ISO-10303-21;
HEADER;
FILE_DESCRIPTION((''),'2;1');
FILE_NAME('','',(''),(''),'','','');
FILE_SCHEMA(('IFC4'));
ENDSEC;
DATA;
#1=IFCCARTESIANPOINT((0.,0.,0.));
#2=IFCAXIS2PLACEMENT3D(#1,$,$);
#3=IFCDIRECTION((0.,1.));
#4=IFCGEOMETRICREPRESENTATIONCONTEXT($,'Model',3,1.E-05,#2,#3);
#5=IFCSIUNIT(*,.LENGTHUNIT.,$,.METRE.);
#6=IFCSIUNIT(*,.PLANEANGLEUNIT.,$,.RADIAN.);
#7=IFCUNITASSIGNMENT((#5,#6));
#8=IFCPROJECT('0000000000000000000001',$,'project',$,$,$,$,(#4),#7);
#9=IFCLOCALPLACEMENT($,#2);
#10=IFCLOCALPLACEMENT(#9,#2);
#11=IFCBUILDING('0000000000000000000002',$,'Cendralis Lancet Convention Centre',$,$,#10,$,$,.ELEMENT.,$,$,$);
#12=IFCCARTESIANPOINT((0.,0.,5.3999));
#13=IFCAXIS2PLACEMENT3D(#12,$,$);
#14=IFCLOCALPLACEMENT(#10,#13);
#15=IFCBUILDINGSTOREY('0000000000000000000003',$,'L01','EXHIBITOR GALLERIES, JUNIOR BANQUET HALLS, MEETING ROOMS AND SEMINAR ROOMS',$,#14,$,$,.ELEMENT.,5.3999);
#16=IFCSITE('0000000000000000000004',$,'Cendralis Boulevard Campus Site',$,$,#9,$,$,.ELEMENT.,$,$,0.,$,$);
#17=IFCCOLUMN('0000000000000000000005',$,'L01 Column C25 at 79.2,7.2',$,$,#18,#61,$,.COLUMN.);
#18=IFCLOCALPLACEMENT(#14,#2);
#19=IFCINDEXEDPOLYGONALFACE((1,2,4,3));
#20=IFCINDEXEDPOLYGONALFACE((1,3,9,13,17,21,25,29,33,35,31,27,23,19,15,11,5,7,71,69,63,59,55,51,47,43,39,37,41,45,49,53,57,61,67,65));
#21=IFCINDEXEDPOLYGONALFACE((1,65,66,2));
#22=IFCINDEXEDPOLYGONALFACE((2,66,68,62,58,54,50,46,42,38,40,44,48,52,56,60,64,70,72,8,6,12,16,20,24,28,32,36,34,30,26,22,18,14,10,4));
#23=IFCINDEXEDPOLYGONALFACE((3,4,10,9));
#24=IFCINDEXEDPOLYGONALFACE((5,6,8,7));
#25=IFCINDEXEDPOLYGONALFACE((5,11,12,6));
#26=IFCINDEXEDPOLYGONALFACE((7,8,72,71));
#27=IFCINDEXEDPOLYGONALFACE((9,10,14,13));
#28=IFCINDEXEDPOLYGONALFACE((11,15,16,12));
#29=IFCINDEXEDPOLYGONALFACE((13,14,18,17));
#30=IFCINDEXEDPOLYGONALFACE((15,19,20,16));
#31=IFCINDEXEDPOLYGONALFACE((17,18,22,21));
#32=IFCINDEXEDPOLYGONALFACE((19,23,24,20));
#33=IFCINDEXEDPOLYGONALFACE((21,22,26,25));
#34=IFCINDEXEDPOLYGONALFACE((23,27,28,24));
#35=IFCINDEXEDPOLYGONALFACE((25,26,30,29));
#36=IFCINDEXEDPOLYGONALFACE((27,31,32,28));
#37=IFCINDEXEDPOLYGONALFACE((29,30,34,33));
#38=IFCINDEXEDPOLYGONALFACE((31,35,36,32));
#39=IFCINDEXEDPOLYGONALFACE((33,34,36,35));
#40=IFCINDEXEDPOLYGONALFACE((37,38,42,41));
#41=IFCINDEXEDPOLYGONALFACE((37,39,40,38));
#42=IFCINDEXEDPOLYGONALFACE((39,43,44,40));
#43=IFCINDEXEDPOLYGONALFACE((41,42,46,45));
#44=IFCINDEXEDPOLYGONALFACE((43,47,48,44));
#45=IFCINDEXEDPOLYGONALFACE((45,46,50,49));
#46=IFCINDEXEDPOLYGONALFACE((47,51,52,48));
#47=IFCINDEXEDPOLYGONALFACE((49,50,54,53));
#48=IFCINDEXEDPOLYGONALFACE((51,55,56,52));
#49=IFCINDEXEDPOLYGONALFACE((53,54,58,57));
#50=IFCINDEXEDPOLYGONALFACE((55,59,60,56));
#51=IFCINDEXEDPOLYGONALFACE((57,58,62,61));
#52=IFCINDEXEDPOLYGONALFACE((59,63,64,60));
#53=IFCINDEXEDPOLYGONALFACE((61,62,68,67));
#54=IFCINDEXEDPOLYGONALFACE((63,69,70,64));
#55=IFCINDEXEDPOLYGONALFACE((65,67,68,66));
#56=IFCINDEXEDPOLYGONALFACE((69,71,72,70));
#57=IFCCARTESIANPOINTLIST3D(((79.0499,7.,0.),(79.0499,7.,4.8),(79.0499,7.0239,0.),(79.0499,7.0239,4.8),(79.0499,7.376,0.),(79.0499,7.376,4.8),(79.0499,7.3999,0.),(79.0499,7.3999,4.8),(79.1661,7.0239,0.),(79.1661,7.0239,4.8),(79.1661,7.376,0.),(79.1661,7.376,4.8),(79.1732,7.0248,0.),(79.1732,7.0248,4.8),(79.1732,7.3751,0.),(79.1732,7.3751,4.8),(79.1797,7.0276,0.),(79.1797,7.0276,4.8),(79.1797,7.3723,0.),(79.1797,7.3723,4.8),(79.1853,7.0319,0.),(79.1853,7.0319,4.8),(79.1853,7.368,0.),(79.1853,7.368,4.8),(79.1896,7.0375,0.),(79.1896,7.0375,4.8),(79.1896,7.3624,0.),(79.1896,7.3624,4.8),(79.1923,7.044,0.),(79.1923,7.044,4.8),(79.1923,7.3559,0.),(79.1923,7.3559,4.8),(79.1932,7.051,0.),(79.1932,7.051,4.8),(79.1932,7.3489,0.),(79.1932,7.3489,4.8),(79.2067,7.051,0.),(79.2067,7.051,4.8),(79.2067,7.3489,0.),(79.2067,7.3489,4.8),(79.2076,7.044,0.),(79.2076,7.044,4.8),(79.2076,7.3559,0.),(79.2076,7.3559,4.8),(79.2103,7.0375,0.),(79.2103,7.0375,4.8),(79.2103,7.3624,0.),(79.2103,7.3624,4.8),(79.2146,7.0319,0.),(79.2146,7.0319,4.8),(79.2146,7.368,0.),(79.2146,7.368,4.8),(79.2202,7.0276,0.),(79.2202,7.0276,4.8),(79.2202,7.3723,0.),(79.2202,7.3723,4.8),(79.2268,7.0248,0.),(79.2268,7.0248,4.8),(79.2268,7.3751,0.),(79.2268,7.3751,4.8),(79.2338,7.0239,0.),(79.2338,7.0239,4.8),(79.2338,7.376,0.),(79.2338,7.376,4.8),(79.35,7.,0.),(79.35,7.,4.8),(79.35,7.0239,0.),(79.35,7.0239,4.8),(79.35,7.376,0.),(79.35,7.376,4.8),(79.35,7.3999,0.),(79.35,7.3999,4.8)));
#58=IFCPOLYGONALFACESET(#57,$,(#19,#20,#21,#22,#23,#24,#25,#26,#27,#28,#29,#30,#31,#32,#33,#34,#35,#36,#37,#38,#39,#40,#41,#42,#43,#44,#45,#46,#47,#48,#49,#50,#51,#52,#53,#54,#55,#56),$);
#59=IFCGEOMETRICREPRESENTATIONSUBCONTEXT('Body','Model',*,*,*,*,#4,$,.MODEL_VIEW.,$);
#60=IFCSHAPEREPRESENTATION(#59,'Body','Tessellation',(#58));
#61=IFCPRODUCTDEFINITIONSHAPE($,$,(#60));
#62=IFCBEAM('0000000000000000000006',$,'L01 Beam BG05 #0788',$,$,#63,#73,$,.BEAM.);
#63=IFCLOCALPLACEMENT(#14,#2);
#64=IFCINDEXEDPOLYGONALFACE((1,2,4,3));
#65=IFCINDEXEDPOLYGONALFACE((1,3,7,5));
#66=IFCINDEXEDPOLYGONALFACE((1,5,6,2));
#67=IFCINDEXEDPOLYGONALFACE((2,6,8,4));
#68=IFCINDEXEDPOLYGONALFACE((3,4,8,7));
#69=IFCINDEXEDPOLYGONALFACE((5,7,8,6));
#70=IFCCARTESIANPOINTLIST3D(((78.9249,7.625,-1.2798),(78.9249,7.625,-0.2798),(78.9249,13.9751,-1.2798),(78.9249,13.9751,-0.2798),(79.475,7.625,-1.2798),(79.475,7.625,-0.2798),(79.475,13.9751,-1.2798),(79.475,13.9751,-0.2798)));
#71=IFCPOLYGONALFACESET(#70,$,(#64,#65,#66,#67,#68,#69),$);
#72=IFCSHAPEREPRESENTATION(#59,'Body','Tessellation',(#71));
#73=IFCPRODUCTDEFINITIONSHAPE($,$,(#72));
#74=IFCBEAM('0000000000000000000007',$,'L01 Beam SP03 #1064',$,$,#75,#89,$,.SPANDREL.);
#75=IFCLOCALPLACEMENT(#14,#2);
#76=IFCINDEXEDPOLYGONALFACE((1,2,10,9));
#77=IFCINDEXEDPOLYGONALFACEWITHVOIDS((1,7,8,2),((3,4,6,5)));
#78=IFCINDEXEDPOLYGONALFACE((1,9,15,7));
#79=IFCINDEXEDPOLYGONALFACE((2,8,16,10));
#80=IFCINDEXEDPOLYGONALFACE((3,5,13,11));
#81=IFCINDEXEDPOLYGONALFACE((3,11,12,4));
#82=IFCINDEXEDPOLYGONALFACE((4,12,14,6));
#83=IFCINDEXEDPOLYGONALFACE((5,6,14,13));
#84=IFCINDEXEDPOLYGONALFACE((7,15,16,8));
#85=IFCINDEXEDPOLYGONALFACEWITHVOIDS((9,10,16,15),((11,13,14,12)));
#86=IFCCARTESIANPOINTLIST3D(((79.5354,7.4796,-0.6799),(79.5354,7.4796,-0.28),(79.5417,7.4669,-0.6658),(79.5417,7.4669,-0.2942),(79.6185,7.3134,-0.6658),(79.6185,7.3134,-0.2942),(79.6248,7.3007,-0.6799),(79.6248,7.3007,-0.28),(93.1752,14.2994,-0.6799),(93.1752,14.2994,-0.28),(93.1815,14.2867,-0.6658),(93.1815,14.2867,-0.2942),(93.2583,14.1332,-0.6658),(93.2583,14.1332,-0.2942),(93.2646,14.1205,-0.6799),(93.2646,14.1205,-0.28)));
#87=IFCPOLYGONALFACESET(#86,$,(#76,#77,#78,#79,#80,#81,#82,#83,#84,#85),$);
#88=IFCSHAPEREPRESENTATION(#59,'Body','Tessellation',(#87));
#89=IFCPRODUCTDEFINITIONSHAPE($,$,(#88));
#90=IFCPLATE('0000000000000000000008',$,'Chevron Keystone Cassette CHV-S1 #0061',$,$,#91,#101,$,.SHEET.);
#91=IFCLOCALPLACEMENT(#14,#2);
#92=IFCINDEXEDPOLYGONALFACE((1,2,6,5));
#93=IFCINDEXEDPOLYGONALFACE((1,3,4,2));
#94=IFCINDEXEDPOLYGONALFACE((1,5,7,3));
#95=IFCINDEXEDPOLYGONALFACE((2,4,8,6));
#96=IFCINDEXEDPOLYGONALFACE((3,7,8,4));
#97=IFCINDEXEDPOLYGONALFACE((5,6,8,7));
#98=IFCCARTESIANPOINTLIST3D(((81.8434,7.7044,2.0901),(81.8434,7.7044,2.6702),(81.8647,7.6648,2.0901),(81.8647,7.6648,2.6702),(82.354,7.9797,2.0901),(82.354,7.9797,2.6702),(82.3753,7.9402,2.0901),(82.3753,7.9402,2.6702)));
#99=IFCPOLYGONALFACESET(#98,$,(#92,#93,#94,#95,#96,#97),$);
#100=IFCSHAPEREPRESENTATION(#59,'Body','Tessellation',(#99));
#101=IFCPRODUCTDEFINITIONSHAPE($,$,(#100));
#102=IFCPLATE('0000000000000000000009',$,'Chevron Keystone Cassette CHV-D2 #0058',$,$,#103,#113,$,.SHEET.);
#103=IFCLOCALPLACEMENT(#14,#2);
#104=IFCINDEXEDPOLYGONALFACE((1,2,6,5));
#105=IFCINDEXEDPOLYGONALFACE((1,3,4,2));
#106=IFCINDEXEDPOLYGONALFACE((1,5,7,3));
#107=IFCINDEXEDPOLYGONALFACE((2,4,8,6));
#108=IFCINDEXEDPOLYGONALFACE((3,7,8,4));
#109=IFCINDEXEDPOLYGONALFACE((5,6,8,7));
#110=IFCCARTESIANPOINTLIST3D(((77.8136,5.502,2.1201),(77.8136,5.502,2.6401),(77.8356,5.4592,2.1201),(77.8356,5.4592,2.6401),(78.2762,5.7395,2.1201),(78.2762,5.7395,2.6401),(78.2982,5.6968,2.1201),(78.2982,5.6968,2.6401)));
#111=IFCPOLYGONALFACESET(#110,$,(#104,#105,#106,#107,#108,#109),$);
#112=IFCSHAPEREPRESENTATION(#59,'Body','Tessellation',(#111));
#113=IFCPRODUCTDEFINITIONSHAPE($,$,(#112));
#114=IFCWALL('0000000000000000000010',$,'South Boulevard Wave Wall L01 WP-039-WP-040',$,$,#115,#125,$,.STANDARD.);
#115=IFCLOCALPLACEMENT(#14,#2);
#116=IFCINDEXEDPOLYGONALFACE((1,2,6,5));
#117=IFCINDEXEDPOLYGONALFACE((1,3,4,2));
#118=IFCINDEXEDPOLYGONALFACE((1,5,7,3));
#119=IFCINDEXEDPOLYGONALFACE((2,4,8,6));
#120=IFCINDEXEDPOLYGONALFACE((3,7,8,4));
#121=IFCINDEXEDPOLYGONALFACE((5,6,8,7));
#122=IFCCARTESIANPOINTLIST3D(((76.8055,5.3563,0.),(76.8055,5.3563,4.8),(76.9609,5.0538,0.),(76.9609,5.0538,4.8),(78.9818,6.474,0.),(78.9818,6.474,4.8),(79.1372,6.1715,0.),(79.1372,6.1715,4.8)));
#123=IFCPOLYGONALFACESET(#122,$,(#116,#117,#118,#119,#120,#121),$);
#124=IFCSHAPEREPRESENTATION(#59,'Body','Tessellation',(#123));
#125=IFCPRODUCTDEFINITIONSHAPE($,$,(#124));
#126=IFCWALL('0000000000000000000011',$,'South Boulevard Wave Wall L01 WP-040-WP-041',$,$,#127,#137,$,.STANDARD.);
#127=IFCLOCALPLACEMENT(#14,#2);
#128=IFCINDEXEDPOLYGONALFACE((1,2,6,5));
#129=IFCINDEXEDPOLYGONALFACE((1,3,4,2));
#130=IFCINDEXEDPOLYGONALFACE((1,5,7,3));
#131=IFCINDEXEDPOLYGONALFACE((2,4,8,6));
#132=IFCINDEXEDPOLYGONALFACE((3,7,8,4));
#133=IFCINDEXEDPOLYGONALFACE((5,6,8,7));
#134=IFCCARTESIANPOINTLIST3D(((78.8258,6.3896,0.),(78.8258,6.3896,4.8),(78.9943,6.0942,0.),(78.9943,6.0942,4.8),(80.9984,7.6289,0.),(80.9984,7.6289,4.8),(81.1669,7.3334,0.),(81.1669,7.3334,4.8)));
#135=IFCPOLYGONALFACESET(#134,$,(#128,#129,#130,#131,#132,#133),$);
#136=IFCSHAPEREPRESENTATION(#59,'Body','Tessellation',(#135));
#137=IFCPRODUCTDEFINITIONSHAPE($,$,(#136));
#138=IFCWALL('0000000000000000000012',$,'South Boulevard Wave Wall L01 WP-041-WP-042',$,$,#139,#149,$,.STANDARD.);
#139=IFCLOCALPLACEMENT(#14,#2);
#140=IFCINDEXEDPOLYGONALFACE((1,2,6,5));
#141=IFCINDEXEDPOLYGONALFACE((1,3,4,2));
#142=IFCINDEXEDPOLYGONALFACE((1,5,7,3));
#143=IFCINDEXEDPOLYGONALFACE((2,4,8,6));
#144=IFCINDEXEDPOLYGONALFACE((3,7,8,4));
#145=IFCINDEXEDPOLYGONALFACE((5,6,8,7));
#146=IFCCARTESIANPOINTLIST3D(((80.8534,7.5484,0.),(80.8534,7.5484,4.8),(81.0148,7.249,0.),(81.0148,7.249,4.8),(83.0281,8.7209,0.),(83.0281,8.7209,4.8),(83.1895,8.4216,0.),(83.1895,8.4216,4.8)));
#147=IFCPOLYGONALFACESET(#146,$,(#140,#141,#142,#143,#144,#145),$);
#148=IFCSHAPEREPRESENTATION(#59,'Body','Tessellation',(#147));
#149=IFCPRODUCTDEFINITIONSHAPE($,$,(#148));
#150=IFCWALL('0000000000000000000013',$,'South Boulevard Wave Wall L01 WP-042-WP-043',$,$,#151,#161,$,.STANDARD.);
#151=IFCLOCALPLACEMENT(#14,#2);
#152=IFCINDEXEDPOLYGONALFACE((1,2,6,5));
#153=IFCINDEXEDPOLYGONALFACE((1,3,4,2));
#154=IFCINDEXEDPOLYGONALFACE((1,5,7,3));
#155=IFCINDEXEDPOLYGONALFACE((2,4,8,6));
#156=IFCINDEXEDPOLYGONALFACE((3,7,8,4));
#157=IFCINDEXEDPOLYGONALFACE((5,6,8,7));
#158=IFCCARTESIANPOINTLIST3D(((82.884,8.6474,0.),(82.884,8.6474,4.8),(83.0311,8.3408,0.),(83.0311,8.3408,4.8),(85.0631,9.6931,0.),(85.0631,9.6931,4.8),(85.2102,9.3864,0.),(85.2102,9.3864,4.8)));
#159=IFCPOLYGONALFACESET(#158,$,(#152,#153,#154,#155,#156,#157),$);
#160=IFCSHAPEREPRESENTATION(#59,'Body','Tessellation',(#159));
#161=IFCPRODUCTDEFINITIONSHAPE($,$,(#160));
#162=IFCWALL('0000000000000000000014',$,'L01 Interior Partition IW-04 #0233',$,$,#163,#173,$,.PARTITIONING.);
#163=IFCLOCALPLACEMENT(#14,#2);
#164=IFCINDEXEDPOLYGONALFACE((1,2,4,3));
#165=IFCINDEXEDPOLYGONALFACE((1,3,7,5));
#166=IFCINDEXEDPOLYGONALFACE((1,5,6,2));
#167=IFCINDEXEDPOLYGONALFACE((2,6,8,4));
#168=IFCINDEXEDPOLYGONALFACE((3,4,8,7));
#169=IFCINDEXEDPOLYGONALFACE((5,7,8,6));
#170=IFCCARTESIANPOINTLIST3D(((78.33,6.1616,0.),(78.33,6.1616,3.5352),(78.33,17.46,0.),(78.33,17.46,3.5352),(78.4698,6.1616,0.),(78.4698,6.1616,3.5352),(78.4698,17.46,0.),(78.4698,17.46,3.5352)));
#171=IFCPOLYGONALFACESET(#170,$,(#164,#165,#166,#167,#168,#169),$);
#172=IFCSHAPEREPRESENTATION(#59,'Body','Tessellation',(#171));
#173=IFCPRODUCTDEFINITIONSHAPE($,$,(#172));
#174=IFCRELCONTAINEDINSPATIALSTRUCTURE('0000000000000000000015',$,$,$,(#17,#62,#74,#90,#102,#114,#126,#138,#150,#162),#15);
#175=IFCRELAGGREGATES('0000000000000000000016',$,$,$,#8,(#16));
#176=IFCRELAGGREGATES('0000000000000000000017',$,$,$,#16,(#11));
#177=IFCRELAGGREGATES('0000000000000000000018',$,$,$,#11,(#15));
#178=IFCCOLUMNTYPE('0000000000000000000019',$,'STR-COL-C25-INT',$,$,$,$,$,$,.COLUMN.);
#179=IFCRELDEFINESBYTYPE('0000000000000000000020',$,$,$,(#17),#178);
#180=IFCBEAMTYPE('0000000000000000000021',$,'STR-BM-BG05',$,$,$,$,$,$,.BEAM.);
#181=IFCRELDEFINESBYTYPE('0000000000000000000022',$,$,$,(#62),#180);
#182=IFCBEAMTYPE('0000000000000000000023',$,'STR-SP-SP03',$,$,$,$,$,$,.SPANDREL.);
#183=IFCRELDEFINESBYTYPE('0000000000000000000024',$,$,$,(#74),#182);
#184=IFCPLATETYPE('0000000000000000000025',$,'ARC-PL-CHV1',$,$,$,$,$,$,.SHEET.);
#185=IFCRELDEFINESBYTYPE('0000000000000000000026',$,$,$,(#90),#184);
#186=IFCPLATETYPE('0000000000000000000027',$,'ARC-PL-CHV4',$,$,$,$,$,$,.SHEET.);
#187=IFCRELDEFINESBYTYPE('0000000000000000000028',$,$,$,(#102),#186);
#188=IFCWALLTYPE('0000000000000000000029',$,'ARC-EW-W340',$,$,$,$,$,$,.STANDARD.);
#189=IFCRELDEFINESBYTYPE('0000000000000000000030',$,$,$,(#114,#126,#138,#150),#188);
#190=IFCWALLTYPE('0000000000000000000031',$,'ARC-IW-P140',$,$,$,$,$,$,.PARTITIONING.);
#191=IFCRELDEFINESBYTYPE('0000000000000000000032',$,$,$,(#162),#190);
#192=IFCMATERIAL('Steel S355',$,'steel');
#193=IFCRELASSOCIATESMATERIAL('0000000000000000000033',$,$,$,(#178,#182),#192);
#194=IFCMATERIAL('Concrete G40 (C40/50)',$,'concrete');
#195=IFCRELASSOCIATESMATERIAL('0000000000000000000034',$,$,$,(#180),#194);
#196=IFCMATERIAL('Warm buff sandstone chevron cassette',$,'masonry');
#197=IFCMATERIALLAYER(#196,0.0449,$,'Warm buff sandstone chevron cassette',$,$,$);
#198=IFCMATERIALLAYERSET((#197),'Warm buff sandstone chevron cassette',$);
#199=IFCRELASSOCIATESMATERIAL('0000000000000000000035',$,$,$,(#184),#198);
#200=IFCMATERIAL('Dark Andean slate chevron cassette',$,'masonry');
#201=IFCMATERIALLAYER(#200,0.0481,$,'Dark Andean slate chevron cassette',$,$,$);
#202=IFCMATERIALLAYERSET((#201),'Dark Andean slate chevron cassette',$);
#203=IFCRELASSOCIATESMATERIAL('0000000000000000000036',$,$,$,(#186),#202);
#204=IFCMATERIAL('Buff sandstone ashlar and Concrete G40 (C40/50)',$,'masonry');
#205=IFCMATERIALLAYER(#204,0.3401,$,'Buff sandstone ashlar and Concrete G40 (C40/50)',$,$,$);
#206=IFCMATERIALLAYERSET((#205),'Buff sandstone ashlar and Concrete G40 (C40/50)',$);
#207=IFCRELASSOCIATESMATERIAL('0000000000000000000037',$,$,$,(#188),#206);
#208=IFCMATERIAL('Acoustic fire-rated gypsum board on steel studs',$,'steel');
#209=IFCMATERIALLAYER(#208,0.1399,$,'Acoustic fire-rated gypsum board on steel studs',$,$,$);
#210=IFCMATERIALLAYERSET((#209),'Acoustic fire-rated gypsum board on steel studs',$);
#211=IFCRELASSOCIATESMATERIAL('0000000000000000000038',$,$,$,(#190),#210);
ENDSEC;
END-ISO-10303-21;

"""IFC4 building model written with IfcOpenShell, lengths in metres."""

from ifc_helpers import new_model, si_unit, direction, frame, frame_2d, origin, origin_2d, place, context, subcontext, project, spatial, rectangle, hollow_rectangle, i_section, extrude, material, layer, layer_set, material_profile, profile_set, type_object, element, save


model = new_model("IFC4")

# Units and contexts
model_context = context("Model", 3, precision=1e-05, world=origin(), true_north=direction((0.0, 1.0)))
body_context = subcontext(model_context, "Body", "Model", "MODEL_VIEW")
ifc_project = project(units=[si_unit("LENGTHUNIT", "METRE"), si_unit("PLANEANGLEUNIT", "RADIAN")], contexts=[model_context])

# Site, building, storey
site_placement = place(None, origin())
site = spatial("IfcSite", under=ifc_project, at=site_placement, Name="Cendralis Boulevard Campus Site", CompositionType="ELEMENT", RefElevation=0.0)
building_placement = place(site_placement, origin())
building = spatial("IfcBuilding", under=site, at=building_placement, Name="Cendralis Lancet Convention Centre", CompositionType="ELEMENT")
storey_placement = place(building_placement, frame((0.0, 0.0, 5.3999)))
storey = spatial("IfcBuildingStorey", under=building, at=storey_placement, Name="L01", Description="EXHIBITOR GALLERIES, JUNIOR BANQUET HALLS, MEETING ROOMS AND SEMINAR ROOMS", CompositionType="ELEMENT", Elevation=5.3999)

# Column
ifc_material_1 = material(Name="Steel S355", Category="steel")
ifc_material_profile_1 = material_profile(ifc_material_1, i_section(OverallWidth=0.3, OverallDepth=0.3999, WebThickness=0.0134, FlangeThickness=0.0239, FilletRadius=0.0271, at=origin_2d()), Name="HEB 400")
ifc_profile_set_1 = profile_set([ifc_material_profile_1], Name="Steel S355")
column_type = type_object("IfcColumnType", Name="STR-COL-C25-INT", PredefinedType="COLUMN", material=ifc_profile_set_1)
column_placement = place(storey_placement, frame((79.2, 7.2, 0.0), z_axis=(0.0, 0.0, 1.0), x_axis=(1.0, 0.0, 0.0)))
element("IfcColumn", 1, at=column_placement, inside=storey, type_object=column_type, Name="L01 Column C25 at 79.2,7.2", PredefinedType="COLUMN", context=body_context, shape_type="SweptSolid", body=[
    extrude(i_section(OverallWidth=0.3, OverallDepth=0.3999, WebThickness=0.0134, FlangeThickness=0.0239, FilletRadius=0.0271, at=origin_2d()), origin(), (0.0, 0.0, 1.0), 4.8),
])

# Beams
ifc_material_2 = material(Name="Concrete G40 (C40/50)", Category="concrete")
ifc_material_profile_2 = material_profile(ifc_material_2, rectangle(XDim=0.55, YDim=1.0, at=origin_2d()), Name="RCB 550x1000")
ifc_profile_set_2 = profile_set([ifc_material_profile_2], Name="Concrete G40 (C40/50)")
beam_type_1 = type_object("IfcBeamType", Name="STR-BM-BG05", PredefinedType="BEAM", material=ifc_profile_set_2)
beam_1_placement = place(storey_placement, frame((79.2, 7.625, -0.7798), z_axis=(0.0, 1.0, 0.0), x_axis=(-1.0, 0.0, 0.0)))
element("IfcBeam", 2, at=beam_1_placement, inside=storey, type_object=beam_type_1, Name="L01 Beam BG05 #0788", PredefinedType="BEAM", context=body_context, shape_type="SweptSolid", body=[
    extrude(rectangle(XDim=0.55, YDim=1.0, at=origin_2d()), origin(), (0.0, 0.0, 1.0), 6.3501),
])
ifc_material_profile_3 = material_profile(ifc_material_1, hollow_rectangle(XDim=0.2, YDim=0.3999, WallThickness=0.0142, at=origin_2d()), Name="RHS 400x200x14.2")
ifc_profile_set_3 = profile_set([ifc_material_profile_3], Name="Steel S355")
beam_type_2 = type_object("IfcBeamType", Name="STR-SP-SP03", PredefinedType="SPANDREL", material=ifc_profile_set_3)
beam_2_placement = place(storey_placement, frame((79.5801, 7.3901, -0.48), z_axis=(0.89443, 0.447207, 0.0), x_axis=(-0.447207, 0.89443, 0.0)))
element("IfcBeam", 3, at=beam_2_placement, inside=storey, type_object=beam_type_2, Name="L01 Beam SP03 #1064", PredefinedType="SPANDREL", context=body_context, shape_type="SweptSolid", body=[
    extrude(hollow_rectangle(XDim=0.2, YDim=0.3999, WallThickness=0.0142, at=origin_2d()), origin(), (0.0, 0.0, 1.0), 15.2498),
])

# Plates
ifc_material_3 = material(Name="Warm buff sandstone chevron cassette", Category="masonry")
ifc_layer_1 = layer(ifc_material_3, 0.0449, Name="Warm buff sandstone chevron cassette")
ifc_layer_set_1 = layer_set([ifc_layer_1], Name="Warm buff sandstone chevron cassette")
plate_type_1 = type_object("IfcPlateType", Name="ARC-PL-CHV1", PredefinedType="SHEET", material=ifc_layer_set_1)
plate_1_placement = place(storey_placement, frame((82.1094, 7.8223, 2.0901), z_axis=(0.0, 0.0, 1.0), x_axis=(0.880179, 0.474641, 0.0)))
element("IfcPlate", 4, at=plate_1_placement, inside=storey, type_object=plate_type_1, Name="Chevron Keystone Cassette CHV-S1 #0061", PredefinedType="SHEET", context=body_context, shape_type="SweptSolid", body=[
    extrude(rectangle(XDim=0.5801, YDim=0.0449, at=origin_2d()), origin(), (0.0, 0.0, 1.0), 0.5801),
])
ifc_material_4 = material(Name="Dark Andean slate chevron cassette", Category="masonry")
ifc_layer_2 = layer(ifc_material_4, 0.0481, Name="Dark Andean slate chevron cassette")
ifc_layer_set_2 = layer_set([ifc_layer_2], Name="Dark Andean slate chevron cassette")
plate_type_2 = type_object("IfcPlateType", Name="ARC-PL-CHV4", PredefinedType="SHEET", material=ifc_layer_set_2)
plate_2_placement = place(storey_placement, frame((78.0559, 5.5994, 2.1201), z_axis=(0.0, 0.0, 1.0), x_axis=(0.889544, 0.45685, 0.0)))
element("IfcPlate", 5, at=plate_2_placement, inside=storey, type_object=plate_type_2, Name="Chevron Keystone Cassette CHV-D2 #0058", PredefinedType="SHEET", context=body_context, shape_type="SweptSolid", body=[
    extrude(rectangle(XDim=0.52, YDim=0.0481, at=origin_2d()), origin(), (0.0, 0.0, 1.0), 0.52),
])

# Walls
ifc_material_5 = material(Name="Buff sandstone ashlar and Concrete G40 (C40/50)", Category="masonry")
ifc_layer_3 = layer(ifc_material_5, 0.3401, Name="Buff sandstone ashlar and Concrete G40 (C40/50)")
ifc_layer_set_3 = layer_set([ifc_layer_3], Name="Buff sandstone ashlar and Concrete G40 (C40/50)")
wall_type_1 = type_object("IfcWallType", Name="ARC-EW-W340", PredefinedType="STANDARD", material=ifc_layer_set_3)
wall_1_placement = place(storey_placement, frame((76.8833, 5.2051, 0.0), z_axis=(0.0, 0.0, 1.0), x_axis=(0.889545, 0.456847, 0.0)))
element("IfcWall", 6, at=wall_1_placement, inside=storey, type_object=wall_type_1, Name="South Boulevard Wave Wall L01 WP-039-WP-040", PredefinedType="STANDARD", context=body_context, shape_type="SweptSolid", body=[
    extrude(rectangle(XDim=2.4465, YDim=0.3401, at=frame_2d((1.2231, 0.0))), origin(), (0.0, 0.0, 1.0), 4.8),
])
wall_2_placement = place(storey_placement, frame((78.9102, 6.2419, 0.0), z_axis=(0.0, 0.0, 1.0), x_axis=(0.868627, 0.495466, 0.0)))
element("IfcWall", 7, at=wall_2_placement, inside=storey, type_object=wall_type_1, Name="South Boulevard Wave Wall L01 WP-040-WP-041", PredefinedType="STANDARD", context=body_context, shape_type="SweptSolid", body=[
    extrude(rectangle(XDim=2.5012, YDim=0.3401, at=frame_2d((1.2505, 0.0))), origin(), (0.0, 0.0, 1.0), 4.8),
])
wall_3_placement = place(storey_placement, frame((80.9341, 7.3987, 0.0), z_axis=(0.0, 0.0, 1.0), x_axis=(0.880208, 0.474589, 0.0)))
element("IfcWall", 8, at=wall_3_placement, inside=storey, type_object=wall_type_1, Name="South Boulevard Wave Wall L01 WP-041-WP-042", PredefinedType="STANDARD", context=body_context, shape_type="SweptSolid", body=[
    extrude(rectangle(XDim=2.4707, YDim=0.3401, at=frame_2d((1.2354, 0.0))), origin(), (0.0, 0.0, 1.0), 4.8),
])
wall_4_placement = place(storey_placement, frame((82.9575, 8.4941, 0.0), z_axis=(0.0, 0.0, 1.0), x_axis=(0.901581, 0.43261, 0.0)))
element("IfcWall", 9, at=wall_4_placement, inside=storey, type_object=wall_type_1, Name="South Boulevard Wave Wall L01 WP-042-WP-043", PredefinedType="STANDARD", context=body_context, shape_type="SweptSolid", body=[
    extrude(rectangle(XDim=2.417, YDim=0.3401, at=frame_2d((1.2085, 0.0))), origin(), (0.0, 0.0, 1.0), 4.8),
])
ifc_material_6 = material(Name="Acoustic fire-rated gypsum board on steel studs", Category="steel")
ifc_layer_4 = layer(ifc_material_6, 0.1399, Name="Acoustic fire-rated gypsum board on steel studs")
ifc_layer_set_4 = layer_set([ifc_layer_4], Name="Acoustic fire-rated gypsum board on steel studs")
wall_type_2 = type_object("IfcWallType", Name="ARC-IW-P140", PredefinedType="PARTITIONING", material=ifc_layer_set_4)
wall_5_placement = place(storey_placement, frame((78.3999, 6.1616, 0.0), z_axis=(0.0, 0.0, 1.0), x_axis=(0.0, 1.0, 0.0)))
element("IfcWall", 10, at=wall_5_placement, inside=storey, type_object=wall_type_2, Name="L01 Interior Partition IW-04 #0233", PredefinedType="PARTITIONING", context=body_context, shape_type="SweptSolid", body=[
    extrude(rectangle(XDim=11.2983, YDim=0.1399, at=frame_2d((5.6492, 0.0))), origin(), (0.0, 0.0, 1.0), 3.5352),
])

save(model, "model.ifc")
